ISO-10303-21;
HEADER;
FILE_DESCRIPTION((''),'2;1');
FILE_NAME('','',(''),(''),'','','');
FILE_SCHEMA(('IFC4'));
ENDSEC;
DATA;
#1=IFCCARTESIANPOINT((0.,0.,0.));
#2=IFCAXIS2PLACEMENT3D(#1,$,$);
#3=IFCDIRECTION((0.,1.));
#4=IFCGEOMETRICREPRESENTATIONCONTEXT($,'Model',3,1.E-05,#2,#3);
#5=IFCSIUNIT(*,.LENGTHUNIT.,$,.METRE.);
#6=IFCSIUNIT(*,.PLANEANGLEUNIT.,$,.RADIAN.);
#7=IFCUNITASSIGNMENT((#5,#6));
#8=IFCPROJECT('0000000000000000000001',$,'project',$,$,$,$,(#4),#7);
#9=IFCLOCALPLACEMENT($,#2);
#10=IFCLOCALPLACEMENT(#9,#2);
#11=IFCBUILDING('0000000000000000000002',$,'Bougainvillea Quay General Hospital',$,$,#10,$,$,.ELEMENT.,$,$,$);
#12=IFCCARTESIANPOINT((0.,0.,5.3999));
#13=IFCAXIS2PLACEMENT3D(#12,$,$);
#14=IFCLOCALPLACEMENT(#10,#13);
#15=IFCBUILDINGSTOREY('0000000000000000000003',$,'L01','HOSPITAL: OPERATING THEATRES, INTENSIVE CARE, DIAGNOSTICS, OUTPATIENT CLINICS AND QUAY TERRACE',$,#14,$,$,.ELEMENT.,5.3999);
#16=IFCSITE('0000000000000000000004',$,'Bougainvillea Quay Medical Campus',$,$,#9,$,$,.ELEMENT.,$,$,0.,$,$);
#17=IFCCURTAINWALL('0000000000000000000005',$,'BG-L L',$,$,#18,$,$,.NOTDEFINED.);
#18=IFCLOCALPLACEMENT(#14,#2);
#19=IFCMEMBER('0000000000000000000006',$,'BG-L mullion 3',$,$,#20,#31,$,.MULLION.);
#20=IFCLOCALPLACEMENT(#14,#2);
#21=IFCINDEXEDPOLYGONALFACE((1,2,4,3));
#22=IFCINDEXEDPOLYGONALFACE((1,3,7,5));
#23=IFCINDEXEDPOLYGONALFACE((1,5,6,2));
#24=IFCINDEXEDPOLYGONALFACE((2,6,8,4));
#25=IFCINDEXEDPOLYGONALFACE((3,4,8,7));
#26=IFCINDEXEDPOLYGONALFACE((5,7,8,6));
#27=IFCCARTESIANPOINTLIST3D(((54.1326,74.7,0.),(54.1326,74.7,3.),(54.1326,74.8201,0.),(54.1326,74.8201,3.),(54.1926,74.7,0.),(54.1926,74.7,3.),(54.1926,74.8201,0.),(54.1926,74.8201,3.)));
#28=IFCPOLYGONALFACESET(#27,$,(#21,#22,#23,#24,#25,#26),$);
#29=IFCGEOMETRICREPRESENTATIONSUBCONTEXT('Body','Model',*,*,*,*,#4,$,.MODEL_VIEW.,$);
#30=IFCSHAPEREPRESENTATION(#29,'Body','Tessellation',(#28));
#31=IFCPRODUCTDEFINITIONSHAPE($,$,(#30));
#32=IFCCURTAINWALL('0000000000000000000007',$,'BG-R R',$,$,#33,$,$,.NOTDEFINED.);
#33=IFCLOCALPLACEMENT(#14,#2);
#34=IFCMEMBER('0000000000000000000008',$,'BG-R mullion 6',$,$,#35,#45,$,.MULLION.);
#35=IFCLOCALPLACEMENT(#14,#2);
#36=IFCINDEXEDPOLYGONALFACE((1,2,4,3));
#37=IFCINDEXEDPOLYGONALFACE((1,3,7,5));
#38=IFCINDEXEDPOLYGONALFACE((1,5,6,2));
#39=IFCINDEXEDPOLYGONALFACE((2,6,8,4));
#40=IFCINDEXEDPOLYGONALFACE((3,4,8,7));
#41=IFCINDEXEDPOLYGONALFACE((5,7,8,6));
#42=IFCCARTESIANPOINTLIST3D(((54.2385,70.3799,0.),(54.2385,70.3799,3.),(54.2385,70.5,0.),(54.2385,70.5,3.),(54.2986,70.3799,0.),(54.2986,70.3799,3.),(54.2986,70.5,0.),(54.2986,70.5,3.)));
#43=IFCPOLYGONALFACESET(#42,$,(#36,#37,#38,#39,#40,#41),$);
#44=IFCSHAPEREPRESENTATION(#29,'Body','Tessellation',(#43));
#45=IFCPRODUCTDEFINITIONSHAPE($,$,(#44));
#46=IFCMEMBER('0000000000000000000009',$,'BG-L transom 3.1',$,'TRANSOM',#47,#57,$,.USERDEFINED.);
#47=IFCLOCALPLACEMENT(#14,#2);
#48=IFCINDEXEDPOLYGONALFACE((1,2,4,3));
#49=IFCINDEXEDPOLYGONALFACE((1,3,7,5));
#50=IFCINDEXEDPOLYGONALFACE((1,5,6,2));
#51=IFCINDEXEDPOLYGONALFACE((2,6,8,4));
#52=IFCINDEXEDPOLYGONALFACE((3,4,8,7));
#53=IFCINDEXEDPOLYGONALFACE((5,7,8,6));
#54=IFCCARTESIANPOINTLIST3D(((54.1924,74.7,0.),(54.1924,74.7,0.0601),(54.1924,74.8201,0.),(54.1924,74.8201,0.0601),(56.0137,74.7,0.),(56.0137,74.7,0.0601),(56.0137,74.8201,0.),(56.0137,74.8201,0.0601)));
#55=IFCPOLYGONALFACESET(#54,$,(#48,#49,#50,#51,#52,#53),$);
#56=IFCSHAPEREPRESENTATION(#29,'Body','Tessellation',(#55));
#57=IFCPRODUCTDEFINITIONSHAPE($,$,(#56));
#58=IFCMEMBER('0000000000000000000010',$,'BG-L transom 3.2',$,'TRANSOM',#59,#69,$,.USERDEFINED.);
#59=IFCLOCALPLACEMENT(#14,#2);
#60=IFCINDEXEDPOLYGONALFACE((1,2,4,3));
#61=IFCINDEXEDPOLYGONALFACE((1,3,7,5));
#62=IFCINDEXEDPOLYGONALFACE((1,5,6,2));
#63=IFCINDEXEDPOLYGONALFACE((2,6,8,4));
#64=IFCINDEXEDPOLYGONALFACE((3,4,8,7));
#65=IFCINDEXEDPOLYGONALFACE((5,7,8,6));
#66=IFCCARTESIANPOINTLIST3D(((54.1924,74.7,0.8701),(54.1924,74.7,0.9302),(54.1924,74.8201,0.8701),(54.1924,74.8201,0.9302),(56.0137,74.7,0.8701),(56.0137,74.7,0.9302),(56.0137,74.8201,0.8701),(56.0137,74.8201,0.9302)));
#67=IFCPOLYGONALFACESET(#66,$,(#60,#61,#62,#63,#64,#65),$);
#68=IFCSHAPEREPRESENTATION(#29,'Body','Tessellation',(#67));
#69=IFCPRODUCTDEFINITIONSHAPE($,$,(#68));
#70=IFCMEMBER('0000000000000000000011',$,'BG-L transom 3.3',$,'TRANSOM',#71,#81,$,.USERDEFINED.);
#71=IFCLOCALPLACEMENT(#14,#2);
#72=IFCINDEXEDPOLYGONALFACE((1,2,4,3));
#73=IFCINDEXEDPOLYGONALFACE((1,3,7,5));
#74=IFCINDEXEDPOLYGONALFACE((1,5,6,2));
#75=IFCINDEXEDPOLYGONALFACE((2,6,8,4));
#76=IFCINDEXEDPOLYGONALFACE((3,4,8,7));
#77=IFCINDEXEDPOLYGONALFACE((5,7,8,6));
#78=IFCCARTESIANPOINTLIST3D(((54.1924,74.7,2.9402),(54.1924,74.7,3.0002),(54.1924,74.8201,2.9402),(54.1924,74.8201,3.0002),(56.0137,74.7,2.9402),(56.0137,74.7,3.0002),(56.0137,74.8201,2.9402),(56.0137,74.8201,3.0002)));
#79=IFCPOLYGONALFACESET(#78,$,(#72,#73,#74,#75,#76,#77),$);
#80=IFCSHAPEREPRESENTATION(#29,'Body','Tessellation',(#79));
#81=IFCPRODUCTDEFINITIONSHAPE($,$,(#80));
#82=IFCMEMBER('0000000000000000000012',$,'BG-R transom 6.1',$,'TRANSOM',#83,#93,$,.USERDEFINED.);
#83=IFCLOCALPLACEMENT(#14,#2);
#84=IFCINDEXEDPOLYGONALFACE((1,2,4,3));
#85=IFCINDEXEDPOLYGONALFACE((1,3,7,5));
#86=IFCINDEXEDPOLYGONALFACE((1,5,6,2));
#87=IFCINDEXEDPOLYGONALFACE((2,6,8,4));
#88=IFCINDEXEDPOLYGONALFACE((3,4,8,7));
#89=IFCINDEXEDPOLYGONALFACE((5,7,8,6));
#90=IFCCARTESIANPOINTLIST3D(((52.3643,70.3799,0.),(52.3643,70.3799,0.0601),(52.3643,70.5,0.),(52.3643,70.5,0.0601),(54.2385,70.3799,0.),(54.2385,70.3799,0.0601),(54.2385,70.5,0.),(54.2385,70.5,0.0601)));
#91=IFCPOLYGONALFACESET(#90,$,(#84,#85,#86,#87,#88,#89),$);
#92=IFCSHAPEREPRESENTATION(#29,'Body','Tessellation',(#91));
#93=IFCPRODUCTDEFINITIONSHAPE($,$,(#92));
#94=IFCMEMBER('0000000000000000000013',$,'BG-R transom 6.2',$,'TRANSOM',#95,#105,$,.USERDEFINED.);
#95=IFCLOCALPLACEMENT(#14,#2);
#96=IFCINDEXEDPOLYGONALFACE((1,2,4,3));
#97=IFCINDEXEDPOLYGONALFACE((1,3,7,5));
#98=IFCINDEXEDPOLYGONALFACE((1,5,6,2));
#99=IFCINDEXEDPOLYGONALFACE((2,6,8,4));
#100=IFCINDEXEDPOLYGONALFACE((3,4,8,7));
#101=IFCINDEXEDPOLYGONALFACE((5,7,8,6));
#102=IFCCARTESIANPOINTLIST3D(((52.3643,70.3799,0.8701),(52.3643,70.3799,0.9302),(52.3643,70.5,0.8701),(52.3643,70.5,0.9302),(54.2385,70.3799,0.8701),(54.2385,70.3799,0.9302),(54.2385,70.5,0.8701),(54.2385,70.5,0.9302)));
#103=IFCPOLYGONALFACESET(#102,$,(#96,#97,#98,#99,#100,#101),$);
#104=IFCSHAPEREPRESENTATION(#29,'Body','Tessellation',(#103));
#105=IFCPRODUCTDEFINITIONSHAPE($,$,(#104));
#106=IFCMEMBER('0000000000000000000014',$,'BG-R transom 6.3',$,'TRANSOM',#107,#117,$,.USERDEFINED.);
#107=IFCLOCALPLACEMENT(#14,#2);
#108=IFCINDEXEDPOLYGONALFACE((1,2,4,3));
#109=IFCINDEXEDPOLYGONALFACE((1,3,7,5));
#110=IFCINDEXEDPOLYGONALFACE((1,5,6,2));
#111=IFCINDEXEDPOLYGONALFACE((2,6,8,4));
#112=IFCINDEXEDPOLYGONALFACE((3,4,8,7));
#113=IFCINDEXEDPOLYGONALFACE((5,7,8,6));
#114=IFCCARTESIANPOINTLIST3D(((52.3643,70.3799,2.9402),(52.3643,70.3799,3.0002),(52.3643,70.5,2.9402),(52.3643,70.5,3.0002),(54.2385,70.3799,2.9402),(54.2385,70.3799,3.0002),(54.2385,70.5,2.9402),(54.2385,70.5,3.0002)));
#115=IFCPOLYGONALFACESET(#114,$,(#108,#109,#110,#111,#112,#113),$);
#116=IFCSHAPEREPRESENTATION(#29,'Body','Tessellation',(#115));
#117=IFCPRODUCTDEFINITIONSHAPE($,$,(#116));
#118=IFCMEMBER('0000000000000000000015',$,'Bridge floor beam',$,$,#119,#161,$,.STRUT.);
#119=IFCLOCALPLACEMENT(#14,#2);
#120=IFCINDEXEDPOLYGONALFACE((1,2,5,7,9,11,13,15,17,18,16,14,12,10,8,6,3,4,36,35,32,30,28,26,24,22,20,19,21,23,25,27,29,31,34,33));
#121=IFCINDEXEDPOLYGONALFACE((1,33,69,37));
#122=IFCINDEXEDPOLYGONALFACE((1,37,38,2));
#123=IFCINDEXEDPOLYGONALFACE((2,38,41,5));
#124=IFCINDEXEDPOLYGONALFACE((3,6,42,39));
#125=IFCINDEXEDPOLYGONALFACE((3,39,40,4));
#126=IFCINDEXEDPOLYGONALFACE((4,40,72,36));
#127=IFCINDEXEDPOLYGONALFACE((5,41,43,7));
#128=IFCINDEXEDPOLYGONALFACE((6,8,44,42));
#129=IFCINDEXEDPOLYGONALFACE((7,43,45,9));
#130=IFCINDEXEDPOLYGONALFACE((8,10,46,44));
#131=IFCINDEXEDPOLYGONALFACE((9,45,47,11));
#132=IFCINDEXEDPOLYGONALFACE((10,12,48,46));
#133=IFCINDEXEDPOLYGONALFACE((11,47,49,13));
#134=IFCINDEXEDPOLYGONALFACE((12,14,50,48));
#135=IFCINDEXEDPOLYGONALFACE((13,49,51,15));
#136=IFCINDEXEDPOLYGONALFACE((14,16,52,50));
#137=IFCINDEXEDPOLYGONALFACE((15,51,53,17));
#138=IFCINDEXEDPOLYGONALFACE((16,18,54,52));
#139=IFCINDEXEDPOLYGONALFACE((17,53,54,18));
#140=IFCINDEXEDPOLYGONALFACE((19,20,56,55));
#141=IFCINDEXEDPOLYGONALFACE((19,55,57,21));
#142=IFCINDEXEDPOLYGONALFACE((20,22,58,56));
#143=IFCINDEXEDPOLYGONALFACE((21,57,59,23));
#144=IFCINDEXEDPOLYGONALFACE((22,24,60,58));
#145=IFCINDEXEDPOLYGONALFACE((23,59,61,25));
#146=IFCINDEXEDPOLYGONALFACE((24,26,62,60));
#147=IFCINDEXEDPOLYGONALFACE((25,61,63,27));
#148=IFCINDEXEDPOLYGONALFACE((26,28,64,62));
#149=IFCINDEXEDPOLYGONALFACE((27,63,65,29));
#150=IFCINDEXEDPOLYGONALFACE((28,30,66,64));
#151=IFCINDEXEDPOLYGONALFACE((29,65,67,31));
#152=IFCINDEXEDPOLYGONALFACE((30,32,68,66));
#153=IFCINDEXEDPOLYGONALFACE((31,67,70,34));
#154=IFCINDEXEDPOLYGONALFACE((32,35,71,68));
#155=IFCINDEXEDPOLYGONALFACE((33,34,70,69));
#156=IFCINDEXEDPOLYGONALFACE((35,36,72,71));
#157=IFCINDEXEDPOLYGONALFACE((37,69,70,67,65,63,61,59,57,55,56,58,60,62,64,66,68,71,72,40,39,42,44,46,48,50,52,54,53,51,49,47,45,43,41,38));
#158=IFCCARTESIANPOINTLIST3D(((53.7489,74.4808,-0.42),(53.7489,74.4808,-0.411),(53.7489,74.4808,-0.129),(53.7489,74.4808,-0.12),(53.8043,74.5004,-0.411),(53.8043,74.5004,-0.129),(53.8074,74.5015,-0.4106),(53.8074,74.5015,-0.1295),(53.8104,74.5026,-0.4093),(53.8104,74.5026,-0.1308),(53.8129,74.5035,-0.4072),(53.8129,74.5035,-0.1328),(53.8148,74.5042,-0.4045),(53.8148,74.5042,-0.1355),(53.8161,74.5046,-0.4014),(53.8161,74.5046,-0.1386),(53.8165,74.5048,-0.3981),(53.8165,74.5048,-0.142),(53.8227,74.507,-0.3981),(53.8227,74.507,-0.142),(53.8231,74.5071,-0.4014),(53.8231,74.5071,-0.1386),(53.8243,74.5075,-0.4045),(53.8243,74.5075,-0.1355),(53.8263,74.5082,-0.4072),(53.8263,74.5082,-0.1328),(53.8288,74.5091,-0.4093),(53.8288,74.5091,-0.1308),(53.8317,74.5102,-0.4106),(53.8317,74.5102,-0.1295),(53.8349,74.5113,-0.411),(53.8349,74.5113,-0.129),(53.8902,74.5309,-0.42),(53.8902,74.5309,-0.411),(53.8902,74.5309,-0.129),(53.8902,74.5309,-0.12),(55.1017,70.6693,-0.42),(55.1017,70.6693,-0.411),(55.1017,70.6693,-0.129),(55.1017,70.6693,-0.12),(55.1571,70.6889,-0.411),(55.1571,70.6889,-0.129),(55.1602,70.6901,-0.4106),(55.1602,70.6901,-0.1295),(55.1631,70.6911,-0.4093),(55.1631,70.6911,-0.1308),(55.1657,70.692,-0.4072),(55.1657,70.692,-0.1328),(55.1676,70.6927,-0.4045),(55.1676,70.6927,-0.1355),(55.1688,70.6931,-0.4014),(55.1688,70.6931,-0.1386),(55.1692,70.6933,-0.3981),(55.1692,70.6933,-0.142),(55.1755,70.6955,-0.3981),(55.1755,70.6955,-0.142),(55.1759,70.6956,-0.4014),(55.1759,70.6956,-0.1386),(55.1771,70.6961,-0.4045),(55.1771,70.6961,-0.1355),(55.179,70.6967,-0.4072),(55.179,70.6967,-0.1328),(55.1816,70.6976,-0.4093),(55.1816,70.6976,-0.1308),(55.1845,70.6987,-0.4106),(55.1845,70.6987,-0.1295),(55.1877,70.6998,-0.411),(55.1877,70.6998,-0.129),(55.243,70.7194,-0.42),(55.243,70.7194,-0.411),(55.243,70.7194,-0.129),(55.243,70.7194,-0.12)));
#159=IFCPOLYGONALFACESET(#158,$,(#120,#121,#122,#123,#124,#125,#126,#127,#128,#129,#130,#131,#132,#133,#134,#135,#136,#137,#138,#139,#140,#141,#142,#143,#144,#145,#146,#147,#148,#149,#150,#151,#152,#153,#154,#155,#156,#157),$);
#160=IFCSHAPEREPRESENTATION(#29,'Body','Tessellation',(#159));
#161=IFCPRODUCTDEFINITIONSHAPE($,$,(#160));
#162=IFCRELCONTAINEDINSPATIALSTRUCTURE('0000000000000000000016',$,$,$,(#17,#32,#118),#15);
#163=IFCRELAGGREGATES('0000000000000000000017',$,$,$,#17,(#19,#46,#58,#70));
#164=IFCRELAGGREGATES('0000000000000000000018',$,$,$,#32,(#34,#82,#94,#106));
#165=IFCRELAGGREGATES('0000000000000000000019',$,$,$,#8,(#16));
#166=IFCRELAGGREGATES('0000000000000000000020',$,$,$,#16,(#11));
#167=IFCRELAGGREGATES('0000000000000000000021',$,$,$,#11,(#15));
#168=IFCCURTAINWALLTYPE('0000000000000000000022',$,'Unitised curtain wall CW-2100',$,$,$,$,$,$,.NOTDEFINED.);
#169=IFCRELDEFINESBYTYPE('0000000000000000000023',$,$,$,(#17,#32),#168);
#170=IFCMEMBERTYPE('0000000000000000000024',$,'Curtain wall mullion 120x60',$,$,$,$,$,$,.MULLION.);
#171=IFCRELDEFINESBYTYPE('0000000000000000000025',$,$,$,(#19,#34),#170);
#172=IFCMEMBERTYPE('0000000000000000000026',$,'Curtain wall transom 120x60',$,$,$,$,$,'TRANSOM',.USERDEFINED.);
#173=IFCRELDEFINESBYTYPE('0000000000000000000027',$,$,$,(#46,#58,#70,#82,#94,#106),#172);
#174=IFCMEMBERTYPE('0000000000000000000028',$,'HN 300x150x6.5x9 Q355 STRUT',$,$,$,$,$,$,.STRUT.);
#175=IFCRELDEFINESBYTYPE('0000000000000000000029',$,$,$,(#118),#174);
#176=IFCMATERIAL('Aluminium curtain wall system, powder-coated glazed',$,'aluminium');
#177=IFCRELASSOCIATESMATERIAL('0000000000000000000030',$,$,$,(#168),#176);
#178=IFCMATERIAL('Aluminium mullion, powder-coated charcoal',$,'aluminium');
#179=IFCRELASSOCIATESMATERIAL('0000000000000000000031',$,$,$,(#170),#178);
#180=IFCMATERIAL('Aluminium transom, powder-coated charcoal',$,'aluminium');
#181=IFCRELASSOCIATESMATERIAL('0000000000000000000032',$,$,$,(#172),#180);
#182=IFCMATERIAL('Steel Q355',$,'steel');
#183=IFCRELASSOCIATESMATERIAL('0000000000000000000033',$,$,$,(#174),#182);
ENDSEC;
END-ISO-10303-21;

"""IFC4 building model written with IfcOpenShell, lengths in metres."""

from ifc_helpers import new_model, si_unit, direction, frame, origin, origin_2d, place, context, subcontext, project, spatial, rectangle, i_section, extrude, material, material_profile, profile_set, type_object, element, aggregate, save


model = new_model("IFC4")

# Units and contexts
model_context = context("Model", 3, precision=1e-05, world=origin(), true_north=direction((0.0, 1.0)))
body_context = subcontext(model_context, "Body", "Model", "MODEL_VIEW")
ifc_project = project(units=[si_unit("LENGTHUNIT", "METRE"), si_unit("PLANEANGLEUNIT", "RADIAN")], contexts=[model_context])

# Site, building, storey
site_placement = place(None, origin())
site = spatial("IfcSite", under=ifc_project, at=site_placement, Name="Bougainvillea Quay Medical Campus", CompositionType="ELEMENT", RefElevation=0.0)
building_placement = place(site_placement, origin())
building = spatial("IfcBuilding", under=site, at=building_placement, Name="Bougainvillea Quay General Hospital", CompositionType="ELEMENT")
storey_placement = place(building_placement, frame((0.0, 0.0, 5.3999)))
storey = spatial("IfcBuildingStorey", under=building, at=storey_placement, Name="L01", Description="HOSPITAL: OPERATING THEATRES, INTENSIVE CARE, DIAGNOSTICS, OUTPATIENT CLINICS AND QUAY TERRACE", CompositionType="ELEMENT", Elevation=5.3999)

# Curtain walls, members
ifc_material_1 = material(Name="Aluminium curtain wall system, powder-coated glazed", Category="aluminium")
curtain_wall_type = type_object("IfcCurtainWallType", Name="Unitised curtain wall CW-2100", PredefinedType="NOTDEFINED", material=ifc_material_1)
curtain_wall_1_placement = place(storey_placement, origin())
curtain_wall_1 = element("IfcCurtainWall", 1, at=curtain_wall_1_placement, inside=storey, type_object=curtain_wall_type, Name="BG-L L", PredefinedType="NOTDEFINED")
ifc_material_2 = material(Name="Aluminium mullion, powder-coated charcoal", Category="aluminium")
ifc_material_profile_1 = material_profile(ifc_material_2, rectangle(XDim=0.1201, YDim=0.0601, at=origin_2d()))
ifc_profile_set_1 = profile_set([ifc_material_profile_1], Name="Aluminium mullion, powder-coated charcoal")
member_type_1 = type_object("IfcMemberType", Name="Curtain wall mullion 120x60", PredefinedType="MULLION", material=ifc_profile_set_1)
member_1_placement = place(storey_placement, frame((54.1626, 74.76, 0.0), z_axis=(0.0, 0.0, 1.0), x_axis=(0.0, 1.0, 0.0)))
member_1 = element("IfcMember", 2, at=member_1_placement, type_object=member_type_1, Name="BG-L mullion 3", PredefinedType="MULLION", context=body_context, shape_type="SweptSolid", body=[
    extrude(rectangle(XDim=0.1201, YDim=0.0601, at=origin_2d()), origin(), (0.0, 0.0, 1.0), 3.0),
])
curtain_wall_2_placement = place(storey_placement, origin())
curtain_wall_2 = element("IfcCurtainWall", 3, at=curtain_wall_2_placement, inside=storey, type_object=curtain_wall_type, Name="BG-R R", PredefinedType="NOTDEFINED")
member_2_placement = place(storey_placement, frame((54.2686, 70.4399, 0.0), z_axis=(0.0, 0.0, 1.0), x_axis=(0.0, -1.0, 0.0)))
member_2 = element("IfcMember", 4, at=member_2_placement, type_object=member_type_1, Name="BG-R mullion 6", PredefinedType="MULLION", context=body_context, shape_type="SweptSolid", body=[
    extrude(rectangle(XDim=0.1201, YDim=0.0601, at=origin_2d()), origin(), (0.0, 0.0, 1.0), 3.0),
])

# Members
ifc_material_3 = material(Name="Aluminium transom, powder-coated charcoal", Category="aluminium")
ifc_material_profile_2 = material_profile(ifc_material_3, rectangle(XDim=0.1201, YDim=0.0601, at=origin_2d()))
ifc_profile_set_2 = profile_set([ifc_material_profile_2], Name="Aluminium transom, powder-coated charcoal")
member_type_2 = type_object("IfcMemberType", Name="Curtain wall transom 120x60", ElementType="TRANSOM", PredefinedType="USERDEFINED", material=ifc_profile_set_2)
member_3_placement = place(storey_placement, frame((54.1924, 74.76, 0.03), z_axis=(1.0, 0.0, 0.0), x_axis=(0.0, 1.0, 0.0)))
member_3 = element("IfcMember", 5, at=member_3_placement, type_object=member_type_2, Name="BG-L transom 3.1", ObjectType="TRANSOM", PredefinedType="USERDEFINED", context=body_context, shape_type="SweptSolid", body=[
    extrude(rectangle(XDim=0.1201, YDim=0.0601, at=origin_2d()), origin(), (0.0, 0.0, 1.0), 1.8213),
])
member_4_placement = place(storey_placement, frame((54.1924, 74.76, 0.9001), z_axis=(1.0, 0.0, 0.0), x_axis=(0.0, 1.0, 0.0)))
member_4 = element("IfcMember", 6, at=member_4_placement, type_object=member_type_2, Name="BG-L transom 3.2", ObjectType="TRANSOM", PredefinedType="USERDEFINED", context=body_context, shape_type="SweptSolid", body=[
    extrude(rectangle(XDim=0.1201, YDim=0.0601, at=origin_2d()), origin(), (0.0, 0.0, 1.0), 1.8213),
])
member_5_placement = place(storey_placement, frame((54.1924, 74.76, 2.9702), z_axis=(1.0, 0.0, 0.0), x_axis=(0.0, 1.0, 0.0)))
member_5 = element("IfcMember", 7, at=member_5_placement, type_object=member_type_2, Name="BG-L transom 3.3", ObjectType="TRANSOM", PredefinedType="USERDEFINED", context=body_context, shape_type="SweptSolid", body=[
    extrude(rectangle(XDim=0.1201, YDim=0.0601, at=origin_2d()), origin(), (0.0, 0.0, 1.0), 1.8213),
])
member_6_placement = place(storey_placement, frame((54.2385, 70.4399, 0.03), z_axis=(-1.0, 0.0, 0.0), x_axis=(0.0, -1.0, 0.0)))
member_6 = element("IfcMember", 8, at=member_6_placement, type_object=member_type_2, Name="BG-R transom 6.1", ObjectType="TRANSOM", PredefinedType="USERDEFINED", context=body_context, shape_type="SweptSolid", body=[
    extrude(rectangle(XDim=0.1201, YDim=0.0601, at=origin_2d()), origin(), (0.0, 0.0, 1.0), 1.8743),
])
member_7_placement = place(storey_placement, frame((54.2385, 70.4399, 0.9001), z_axis=(-1.0, 0.0, 0.0), x_axis=(0.0, -1.0, 0.0)))
member_7 = element("IfcMember", 9, at=member_7_placement, type_object=member_type_2, Name="BG-R transom 6.2", ObjectType="TRANSOM", PredefinedType="USERDEFINED", context=body_context, shape_type="SweptSolid", body=[
    extrude(rectangle(XDim=0.1201, YDim=0.0601, at=origin_2d()), origin(), (0.0, 0.0, 1.0), 1.8743),
])
member_8_placement = place(storey_placement, frame((54.2385, 70.4399, 2.9702), z_axis=(-1.0, 0.0, 0.0), x_axis=(0.0, -1.0, 0.0)))
member_8 = element("IfcMember", 10, at=member_8_placement, type_object=member_type_2, Name="BG-R transom 6.3", ObjectType="TRANSOM", PredefinedType="USERDEFINED", context=body_context, shape_type="SweptSolid", body=[
    extrude(rectangle(XDim=0.1201, YDim=0.0601, at=origin_2d()), origin(), (0.0, 0.0, 1.0), 1.8743),
])

# Member
ifc_material_4 = material(Name="Steel Q355", Category="steel")
ifc_material_profile_3 = material_profile(ifc_material_4, i_section(OverallWidth=0.1499, OverallDepth=0.3, WebThickness=0.0066, FlangeThickness=0.009, FilletRadius=0.0129, at=origin_2d()))
ifc_profile_set_3 = profile_set([ifc_material_profile_3], Name="Steel Q355")
member_type_3 = type_object("IfcMemberType", Name="HN 300x150x6.5x9 Q355 STRUT", PredefinedType="STRUT", material=ifc_profile_set_3)
member_9_placement = place(storey_placement, frame((53.8196, 74.5059, -0.27), z_axis=(0.334477, -0.942404, 0.0), x_axis=(0.942404, 0.334477, 0.0)))
element("IfcMember", 11, at=member_9_placement, inside=storey, type_object=member_type_3, Name="Bridge floor beam", PredefinedType="STRUT", context=body_context, shape_type="SweptSolid", body=[
    extrude(i_section(OverallWidth=0.1499, OverallDepth=0.3, WebThickness=0.0066, FlangeThickness=0.009, FilletRadius=0.0129, at=origin_2d()), origin(), (0.0, 0.0, 1.0), 4.0444),
])

aggregate(curtain_wall_1, [member_1, member_3, member_4, member_5])
aggregate(curtain_wall_2, [member_2, member_6, member_7, member_8])

save(model, "model.ifc")
